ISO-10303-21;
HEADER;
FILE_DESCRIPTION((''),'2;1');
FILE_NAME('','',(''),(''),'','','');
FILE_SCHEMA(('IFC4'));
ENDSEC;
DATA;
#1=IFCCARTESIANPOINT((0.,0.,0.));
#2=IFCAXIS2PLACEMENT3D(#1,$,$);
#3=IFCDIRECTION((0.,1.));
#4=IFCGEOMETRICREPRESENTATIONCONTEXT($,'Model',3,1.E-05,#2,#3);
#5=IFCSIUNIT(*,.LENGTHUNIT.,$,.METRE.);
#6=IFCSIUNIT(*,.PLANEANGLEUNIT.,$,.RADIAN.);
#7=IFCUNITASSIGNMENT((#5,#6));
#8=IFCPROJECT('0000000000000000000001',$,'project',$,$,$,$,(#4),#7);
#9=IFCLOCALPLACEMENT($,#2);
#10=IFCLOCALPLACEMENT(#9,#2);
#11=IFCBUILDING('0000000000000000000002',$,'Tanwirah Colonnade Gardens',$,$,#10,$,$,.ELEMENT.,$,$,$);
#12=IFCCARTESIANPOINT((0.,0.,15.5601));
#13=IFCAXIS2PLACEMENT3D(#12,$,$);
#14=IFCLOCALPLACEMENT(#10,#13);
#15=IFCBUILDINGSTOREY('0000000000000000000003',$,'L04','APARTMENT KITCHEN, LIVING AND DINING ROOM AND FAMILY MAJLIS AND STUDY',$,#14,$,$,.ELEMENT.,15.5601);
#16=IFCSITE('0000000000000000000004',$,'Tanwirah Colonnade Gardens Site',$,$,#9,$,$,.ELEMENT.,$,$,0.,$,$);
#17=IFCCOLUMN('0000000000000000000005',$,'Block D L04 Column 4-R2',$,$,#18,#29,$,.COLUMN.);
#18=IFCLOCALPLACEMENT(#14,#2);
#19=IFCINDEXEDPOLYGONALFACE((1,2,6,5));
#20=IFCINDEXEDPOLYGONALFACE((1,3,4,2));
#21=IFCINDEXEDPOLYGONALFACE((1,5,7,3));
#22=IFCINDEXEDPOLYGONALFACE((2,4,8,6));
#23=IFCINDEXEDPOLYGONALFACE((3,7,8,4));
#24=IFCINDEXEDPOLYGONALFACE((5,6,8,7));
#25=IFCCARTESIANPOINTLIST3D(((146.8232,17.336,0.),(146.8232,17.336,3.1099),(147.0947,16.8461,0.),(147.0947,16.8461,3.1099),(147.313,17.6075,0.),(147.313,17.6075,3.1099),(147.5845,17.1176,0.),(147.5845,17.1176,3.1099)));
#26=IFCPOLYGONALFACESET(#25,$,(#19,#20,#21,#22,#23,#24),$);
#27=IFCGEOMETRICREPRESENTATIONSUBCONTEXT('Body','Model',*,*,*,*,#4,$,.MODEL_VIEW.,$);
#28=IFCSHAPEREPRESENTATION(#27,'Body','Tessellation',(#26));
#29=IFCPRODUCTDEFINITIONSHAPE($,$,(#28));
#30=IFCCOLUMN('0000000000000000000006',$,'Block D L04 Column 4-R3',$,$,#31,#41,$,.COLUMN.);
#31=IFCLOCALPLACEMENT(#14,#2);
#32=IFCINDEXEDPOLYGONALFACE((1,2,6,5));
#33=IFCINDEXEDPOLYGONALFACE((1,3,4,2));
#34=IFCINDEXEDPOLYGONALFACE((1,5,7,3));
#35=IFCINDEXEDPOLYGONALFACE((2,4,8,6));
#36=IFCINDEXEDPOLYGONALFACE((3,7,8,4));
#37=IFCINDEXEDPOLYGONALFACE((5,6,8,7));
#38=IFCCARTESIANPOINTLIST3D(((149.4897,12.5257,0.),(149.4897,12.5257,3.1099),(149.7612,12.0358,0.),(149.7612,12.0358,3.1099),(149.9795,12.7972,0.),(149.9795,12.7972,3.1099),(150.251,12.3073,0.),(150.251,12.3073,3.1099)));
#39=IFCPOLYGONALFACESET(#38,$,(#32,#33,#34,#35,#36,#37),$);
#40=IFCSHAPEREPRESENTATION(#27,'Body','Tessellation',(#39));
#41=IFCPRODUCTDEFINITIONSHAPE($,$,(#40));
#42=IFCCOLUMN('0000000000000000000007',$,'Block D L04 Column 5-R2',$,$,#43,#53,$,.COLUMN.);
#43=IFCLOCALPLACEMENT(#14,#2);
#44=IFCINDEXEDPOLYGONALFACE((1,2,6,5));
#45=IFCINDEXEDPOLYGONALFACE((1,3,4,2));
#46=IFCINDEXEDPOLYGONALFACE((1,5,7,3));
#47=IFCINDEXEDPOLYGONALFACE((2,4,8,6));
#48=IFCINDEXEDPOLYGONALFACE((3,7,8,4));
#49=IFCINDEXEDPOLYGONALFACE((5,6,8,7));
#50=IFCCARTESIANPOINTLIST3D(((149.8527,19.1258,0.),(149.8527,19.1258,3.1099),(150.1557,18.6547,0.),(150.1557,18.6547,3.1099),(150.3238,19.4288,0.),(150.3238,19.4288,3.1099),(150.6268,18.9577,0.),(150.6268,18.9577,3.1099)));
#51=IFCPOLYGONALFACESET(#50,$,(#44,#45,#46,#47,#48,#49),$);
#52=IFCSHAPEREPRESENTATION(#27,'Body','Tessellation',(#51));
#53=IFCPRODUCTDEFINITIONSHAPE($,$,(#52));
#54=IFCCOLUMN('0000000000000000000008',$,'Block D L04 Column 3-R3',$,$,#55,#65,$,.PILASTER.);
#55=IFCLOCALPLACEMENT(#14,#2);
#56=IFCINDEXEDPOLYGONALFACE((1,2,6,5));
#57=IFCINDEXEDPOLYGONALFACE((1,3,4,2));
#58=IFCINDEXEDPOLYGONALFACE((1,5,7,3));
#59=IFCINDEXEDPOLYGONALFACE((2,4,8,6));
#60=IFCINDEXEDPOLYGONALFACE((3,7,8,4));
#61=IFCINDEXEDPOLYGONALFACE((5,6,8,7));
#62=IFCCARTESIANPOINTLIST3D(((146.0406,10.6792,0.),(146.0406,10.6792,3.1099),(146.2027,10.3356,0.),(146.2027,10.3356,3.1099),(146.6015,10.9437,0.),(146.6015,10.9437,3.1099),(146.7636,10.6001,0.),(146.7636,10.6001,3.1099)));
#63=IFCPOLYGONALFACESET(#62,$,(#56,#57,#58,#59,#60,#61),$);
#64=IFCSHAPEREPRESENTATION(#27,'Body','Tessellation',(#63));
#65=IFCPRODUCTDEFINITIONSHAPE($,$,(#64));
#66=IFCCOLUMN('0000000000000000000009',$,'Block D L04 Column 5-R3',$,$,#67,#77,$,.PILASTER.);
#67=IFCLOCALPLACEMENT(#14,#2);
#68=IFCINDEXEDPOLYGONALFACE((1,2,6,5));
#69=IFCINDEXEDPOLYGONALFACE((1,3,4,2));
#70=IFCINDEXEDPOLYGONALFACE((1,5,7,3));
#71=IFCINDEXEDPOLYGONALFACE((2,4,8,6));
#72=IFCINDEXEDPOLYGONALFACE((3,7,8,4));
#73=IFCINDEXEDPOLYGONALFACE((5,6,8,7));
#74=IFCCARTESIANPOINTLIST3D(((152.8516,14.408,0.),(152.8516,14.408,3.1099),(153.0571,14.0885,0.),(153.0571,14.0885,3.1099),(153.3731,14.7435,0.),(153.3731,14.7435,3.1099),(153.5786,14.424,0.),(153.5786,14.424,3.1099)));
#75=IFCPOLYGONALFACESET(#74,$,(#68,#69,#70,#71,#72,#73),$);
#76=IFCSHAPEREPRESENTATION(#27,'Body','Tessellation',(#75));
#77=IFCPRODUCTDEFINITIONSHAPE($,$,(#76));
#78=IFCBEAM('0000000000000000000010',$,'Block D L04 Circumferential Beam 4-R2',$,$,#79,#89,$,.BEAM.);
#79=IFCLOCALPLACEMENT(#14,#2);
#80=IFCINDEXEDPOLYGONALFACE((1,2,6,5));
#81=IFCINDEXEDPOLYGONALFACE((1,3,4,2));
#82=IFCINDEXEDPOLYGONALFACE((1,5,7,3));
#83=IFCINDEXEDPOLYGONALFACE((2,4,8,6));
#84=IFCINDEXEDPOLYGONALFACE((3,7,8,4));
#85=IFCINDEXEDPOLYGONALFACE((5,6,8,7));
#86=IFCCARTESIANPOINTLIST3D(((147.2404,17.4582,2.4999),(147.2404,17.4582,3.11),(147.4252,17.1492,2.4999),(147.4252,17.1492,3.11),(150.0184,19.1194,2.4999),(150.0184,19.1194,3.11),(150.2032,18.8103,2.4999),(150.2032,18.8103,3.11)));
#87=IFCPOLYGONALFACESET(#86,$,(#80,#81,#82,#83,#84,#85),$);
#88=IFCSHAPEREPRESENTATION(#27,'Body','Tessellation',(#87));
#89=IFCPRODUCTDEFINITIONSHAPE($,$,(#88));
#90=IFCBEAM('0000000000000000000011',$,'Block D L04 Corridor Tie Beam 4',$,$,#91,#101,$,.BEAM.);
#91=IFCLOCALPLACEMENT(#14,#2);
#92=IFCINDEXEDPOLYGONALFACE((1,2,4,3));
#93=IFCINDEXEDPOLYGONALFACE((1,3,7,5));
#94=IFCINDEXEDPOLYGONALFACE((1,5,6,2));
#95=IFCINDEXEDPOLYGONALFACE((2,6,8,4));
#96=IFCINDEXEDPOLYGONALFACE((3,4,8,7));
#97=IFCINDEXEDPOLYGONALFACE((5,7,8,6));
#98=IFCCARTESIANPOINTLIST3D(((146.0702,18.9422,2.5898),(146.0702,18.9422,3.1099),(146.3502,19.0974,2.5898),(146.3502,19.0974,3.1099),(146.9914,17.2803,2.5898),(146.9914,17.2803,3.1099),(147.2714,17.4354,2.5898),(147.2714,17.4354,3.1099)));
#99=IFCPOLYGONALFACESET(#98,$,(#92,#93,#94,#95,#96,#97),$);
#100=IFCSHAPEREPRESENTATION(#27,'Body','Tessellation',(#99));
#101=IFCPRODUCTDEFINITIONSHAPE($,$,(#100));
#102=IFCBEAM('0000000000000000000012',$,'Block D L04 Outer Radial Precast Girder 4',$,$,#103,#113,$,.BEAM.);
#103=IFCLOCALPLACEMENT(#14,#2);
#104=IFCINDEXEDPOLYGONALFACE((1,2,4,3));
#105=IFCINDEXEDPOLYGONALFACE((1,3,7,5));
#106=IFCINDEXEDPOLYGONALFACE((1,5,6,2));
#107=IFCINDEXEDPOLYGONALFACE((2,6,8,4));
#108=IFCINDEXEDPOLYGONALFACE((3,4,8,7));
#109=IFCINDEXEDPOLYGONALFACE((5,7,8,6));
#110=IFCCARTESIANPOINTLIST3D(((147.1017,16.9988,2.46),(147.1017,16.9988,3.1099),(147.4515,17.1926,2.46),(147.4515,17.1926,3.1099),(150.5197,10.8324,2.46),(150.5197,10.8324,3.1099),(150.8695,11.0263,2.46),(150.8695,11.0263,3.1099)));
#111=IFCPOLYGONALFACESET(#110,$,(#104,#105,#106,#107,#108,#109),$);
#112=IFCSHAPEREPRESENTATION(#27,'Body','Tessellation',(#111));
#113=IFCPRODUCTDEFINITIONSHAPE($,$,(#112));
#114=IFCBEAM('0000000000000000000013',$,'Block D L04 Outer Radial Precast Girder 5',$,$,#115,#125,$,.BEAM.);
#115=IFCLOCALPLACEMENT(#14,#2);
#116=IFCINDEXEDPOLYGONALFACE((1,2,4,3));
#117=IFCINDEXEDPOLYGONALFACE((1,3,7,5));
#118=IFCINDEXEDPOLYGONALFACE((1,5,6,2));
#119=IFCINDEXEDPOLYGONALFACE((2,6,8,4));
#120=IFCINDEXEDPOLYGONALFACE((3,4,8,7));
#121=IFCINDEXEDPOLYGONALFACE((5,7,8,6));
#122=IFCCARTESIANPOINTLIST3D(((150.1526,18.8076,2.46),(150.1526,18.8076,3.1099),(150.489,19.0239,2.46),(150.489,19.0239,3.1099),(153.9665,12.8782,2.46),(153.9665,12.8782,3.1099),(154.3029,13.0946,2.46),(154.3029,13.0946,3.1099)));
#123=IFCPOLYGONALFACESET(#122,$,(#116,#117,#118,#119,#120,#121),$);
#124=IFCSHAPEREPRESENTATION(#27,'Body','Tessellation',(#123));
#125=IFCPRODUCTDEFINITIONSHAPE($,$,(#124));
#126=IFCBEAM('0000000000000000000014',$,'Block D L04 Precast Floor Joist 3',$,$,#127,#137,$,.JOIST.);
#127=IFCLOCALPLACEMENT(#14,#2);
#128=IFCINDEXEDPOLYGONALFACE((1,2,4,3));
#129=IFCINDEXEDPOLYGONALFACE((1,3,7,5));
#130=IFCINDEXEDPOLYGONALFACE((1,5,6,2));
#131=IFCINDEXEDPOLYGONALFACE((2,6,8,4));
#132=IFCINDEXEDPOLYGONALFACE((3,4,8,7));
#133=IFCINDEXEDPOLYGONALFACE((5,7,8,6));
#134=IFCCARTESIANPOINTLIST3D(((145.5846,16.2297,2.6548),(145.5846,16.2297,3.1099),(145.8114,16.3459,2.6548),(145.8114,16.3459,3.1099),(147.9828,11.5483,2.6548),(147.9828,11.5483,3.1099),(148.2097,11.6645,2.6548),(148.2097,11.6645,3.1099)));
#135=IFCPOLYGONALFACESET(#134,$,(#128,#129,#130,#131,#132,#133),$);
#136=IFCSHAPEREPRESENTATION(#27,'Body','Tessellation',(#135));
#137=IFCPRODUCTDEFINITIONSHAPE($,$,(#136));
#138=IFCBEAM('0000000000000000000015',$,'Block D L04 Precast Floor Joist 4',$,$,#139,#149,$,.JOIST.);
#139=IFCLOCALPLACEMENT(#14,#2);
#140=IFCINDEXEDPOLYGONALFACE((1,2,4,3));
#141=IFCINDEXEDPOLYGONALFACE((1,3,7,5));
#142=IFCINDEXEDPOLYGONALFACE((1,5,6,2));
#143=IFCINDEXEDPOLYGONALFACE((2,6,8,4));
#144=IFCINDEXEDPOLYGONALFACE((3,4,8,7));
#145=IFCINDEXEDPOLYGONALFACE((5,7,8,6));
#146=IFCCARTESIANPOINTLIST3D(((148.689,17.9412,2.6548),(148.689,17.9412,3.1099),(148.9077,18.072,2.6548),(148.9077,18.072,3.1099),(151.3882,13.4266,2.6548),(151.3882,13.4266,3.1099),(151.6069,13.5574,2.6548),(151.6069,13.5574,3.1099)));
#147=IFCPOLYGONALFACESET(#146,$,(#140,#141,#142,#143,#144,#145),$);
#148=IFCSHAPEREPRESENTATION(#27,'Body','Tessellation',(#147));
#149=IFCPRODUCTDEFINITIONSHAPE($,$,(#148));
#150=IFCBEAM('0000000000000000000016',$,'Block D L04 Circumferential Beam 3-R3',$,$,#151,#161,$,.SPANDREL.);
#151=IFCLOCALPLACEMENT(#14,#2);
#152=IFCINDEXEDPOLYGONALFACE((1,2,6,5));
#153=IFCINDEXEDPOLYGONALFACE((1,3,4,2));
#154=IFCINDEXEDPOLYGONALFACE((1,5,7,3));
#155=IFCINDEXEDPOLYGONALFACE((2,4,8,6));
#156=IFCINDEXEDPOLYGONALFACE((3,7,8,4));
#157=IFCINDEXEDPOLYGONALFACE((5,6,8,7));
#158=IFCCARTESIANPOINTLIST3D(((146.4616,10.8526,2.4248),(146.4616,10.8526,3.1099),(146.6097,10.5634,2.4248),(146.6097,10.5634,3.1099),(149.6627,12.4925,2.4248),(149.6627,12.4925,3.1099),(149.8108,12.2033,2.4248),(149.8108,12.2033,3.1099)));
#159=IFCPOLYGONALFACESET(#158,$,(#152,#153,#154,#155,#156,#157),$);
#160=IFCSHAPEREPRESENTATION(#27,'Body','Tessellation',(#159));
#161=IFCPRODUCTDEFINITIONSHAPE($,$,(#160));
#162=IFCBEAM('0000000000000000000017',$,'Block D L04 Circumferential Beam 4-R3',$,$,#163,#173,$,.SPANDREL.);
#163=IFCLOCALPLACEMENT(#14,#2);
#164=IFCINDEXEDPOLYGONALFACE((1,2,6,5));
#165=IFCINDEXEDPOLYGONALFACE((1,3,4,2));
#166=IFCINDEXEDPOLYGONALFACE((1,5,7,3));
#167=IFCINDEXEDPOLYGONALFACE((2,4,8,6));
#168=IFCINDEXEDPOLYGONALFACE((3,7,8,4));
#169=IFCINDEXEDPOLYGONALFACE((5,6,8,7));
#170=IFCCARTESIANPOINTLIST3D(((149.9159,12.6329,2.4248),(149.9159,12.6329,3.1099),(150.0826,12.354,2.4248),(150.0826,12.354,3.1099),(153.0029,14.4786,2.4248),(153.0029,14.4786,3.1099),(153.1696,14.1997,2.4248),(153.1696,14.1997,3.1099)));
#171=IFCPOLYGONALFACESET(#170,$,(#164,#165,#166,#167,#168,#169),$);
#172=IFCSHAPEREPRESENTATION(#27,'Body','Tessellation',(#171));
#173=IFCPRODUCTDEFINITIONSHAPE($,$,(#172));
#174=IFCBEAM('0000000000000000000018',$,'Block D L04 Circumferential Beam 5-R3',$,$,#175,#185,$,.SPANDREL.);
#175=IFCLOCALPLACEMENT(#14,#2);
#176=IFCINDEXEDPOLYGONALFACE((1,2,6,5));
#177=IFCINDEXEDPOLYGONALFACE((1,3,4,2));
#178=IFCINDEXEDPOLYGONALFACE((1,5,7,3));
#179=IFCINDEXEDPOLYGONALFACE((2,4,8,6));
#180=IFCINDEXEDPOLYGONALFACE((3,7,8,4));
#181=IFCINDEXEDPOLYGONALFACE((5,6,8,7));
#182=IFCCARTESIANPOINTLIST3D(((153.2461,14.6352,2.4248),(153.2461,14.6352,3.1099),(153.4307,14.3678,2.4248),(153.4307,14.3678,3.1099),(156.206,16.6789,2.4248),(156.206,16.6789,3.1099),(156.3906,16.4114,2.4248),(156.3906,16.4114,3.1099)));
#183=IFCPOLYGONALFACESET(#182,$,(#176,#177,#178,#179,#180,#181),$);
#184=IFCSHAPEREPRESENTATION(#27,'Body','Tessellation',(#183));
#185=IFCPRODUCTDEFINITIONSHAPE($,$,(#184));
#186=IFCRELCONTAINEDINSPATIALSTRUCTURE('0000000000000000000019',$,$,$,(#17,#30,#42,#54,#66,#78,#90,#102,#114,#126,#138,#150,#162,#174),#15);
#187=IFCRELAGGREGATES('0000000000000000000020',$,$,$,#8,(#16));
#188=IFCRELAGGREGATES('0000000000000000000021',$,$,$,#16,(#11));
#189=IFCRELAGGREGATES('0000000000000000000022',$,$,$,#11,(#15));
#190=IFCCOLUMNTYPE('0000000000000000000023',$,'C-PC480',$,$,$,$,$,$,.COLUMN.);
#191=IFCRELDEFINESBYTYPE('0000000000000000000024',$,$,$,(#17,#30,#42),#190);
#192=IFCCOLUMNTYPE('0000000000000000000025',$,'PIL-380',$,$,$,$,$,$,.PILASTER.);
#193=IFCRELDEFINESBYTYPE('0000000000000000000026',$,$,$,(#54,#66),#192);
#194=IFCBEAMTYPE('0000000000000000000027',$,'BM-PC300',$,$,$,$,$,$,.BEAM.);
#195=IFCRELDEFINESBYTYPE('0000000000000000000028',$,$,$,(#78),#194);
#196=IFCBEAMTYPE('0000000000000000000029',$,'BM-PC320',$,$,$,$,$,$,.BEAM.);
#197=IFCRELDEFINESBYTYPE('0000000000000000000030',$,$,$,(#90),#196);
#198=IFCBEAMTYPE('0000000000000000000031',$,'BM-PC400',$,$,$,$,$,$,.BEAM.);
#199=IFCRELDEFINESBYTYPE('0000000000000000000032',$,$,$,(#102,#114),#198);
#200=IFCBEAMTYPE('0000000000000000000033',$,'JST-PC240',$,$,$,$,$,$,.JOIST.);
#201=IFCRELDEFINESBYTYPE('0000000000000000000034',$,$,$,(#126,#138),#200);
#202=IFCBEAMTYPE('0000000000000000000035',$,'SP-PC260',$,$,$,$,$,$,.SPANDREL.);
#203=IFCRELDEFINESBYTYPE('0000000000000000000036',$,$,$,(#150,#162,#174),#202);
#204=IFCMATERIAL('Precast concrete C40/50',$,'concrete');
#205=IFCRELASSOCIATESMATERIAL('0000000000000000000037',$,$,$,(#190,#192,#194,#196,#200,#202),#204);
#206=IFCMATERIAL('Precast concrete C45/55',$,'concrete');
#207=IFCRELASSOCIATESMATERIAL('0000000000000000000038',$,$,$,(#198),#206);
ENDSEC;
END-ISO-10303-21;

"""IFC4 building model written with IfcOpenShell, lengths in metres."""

from ifc_helpers import new_model, si_unit, direction, frame, origin, origin_2d, place, context, subcontext, project, spatial, rectangle, extrude, material, material_profile, profile_set, type_object, element, save


model = new_model("IFC4")

# Units and contexts
model_context = context("Model", 3, precision=1e-05, world=origin(), true_north=direction((0.0, 1.0)))
body_context = subcontext(model_context, "Body", "Model", "MODEL_VIEW")
ifc_project = project(units=[si_unit("LENGTHUNIT", "METRE"), si_unit("PLANEANGLEUNIT", "RADIAN")], contexts=[model_context])

# Site, building, storey
site_placement = place(None, origin())
site = spatial("IfcSite", under=ifc_project, at=site_placement, Name="Tanwirah Colonnade Gardens Site", CompositionType="ELEMENT", RefElevation=0.0)
building_placement = place(site_placement, origin())
building = spatial("IfcBuilding", under=site, at=building_placement, Name="Tanwirah Colonnade Gardens", CompositionType="ELEMENT")
storey_placement = place(building_placement, frame((0.0, 0.0, 15.5601)))
storey = spatial("IfcBuildingStorey", under=building, at=storey_placement, Name="L04", Description="APARTMENT KITCHEN, LIVING AND DINING ROOM AND FAMILY MAJLIS AND STUDY", CompositionType="ELEMENT", Elevation=15.5601)

# Columns
ifc_material_1 = material(Name="Precast concrete C40/50", Category="concrete")
ifc_material_profile_1 = material_profile(ifc_material_1, rectangle(XDim=0.5601, YDim=0.5601, at=origin_2d()), Name="PC-COL 560x560")
ifc_profile_set_1 = profile_set([ifc_material_profile_1], Name="Precast concrete C40/50")
column_type_1 = type_object("IfcColumnType", Name="C-PC480", PredefinedType="COLUMN", material=ifc_profile_set_1)
for number, where, z_axis, x_axis, name in (
    (1, (147.2039, 17.2268, 0.0), (0.0, 0.0, 1.0), (0.48481, -0.87462, 0.0), "Block D L04 Column 4-R2"),
    (2, (149.8704, 12.4165, 0.0), (0.0, 0.0, 1.0), (0.48481, -0.87462, 0.0), "Block D L04 Column 4-R3"),
    (3, (150.2397, 19.0417, 0.0), (0.0, 0.0, 1.0), (0.540974, -0.841039, 0.0), "Block D L04 Column 5-R2"),
):
    element("IfcColumn", number, at=place(storey_placement, frame(where, z_axis=z_axis, x_axis=x_axis)), inside=storey, type_object=column_type_1, Name=name, PredefinedType="COLUMN", context=body_context, shape_type="SweptSolid", body=[
        extrude(rectangle(XDim=0.5601, YDim=0.5601, at=origin_2d()), origin(), (0.0, 0.0, 1.0), 3.1099),
    ])
ifc_material_profile_2 = material_profile(ifc_material_1, rectangle(XDim=0.3799, YDim=0.6201, at=origin_2d()), Name="PC-PIL 380x620")
ifc_profile_set_2 = profile_set([ifc_material_profile_2], Name="Precast concrete C40/50")
column_type_2 = type_object("IfcColumnType", Name="PIL-380", PredefinedType="PILASTER", material=ifc_profile_set_2)
for number, where, z_axis, x_axis, name in (
    (4, (146.4021, 10.6396, 0.0), (0.0, 0.0, 1.0), (0.426569, -0.904455, 0.0), "Block D L04 Column 3-R3"),
    (5, (153.2151, 14.416, 0.0), (0.0, 0.0, 1.0), (0.540974, -0.841039, 0.0), "Block D L04 Column 5-R3"),
):
    element("IfcColumn", number, at=place(storey_placement, frame(where, z_axis=z_axis, x_axis=x_axis)), inside=storey, type_object=column_type_2, Name=name, PredefinedType="PILASTER", context=body_context, shape_type="SweptSolid", body=[
        extrude(rectangle(XDim=0.3799, YDim=0.6201, at=origin_2d()), origin(), (0.0, 0.0, 1.0), 3.1099),
    ])

# Beams
ifc_material_profile_3 = material_profile(ifc_material_1, rectangle(XDim=0.3601, YDim=0.6101, at=origin_2d()), Name="PC-BM 360x610")
ifc_profile_set_3 = profile_set([ifc_material_profile_3], Name="Precast concrete C40/50")
beam_type_1 = type_object("IfcBeamType", Name="BM-PC300", PredefinedType="BEAM", material=ifc_profile_set_3)
beam_1_placement = place(storey_placement, frame((147.3328, 17.3037, 2.8049), z_axis=(0.858271, 0.513197, 0.0), x_axis=(-0.513197, 0.858271, 0.0)))
element("IfcBeam", 6, at=beam_1_placement, inside=storey, type_object=beam_type_1, Name="Block D L04 Circumferential Beam 4-R2", PredefinedType="BEAM", context=body_context, shape_type="SweptSolid", body=[
    extrude(rectangle(XDim=0.3601, YDim=0.6101, at=origin_2d()), origin(), (0.0, 0.0, 1.0), 3.2368),
])
ifc_material_profile_4 = material_profile(ifc_material_1, rectangle(XDim=0.3201, YDim=0.52, at=origin_2d()), Name="PC-BM 320x520")
ifc_profile_set_4 = profile_set([ifc_material_profile_4], Name="Precast concrete C40/50")
beam_type_2 = type_object("IfcBeamType", Name="BM-PC320", PredefinedType="BEAM", material=ifc_profile_set_4)
beam_2_placement = place(storey_placement, frame((146.2102, 19.0198, 2.8499), z_axis=(0.484792, -0.87463, 0.0), x_axis=(0.87463, 0.484792, 0.0)))
element("IfcBeam", 7, at=beam_2_placement, inside=storey, type_object=beam_type_2, Name="Block D L04 Corridor Tie Beam 4", PredefinedType="BEAM", context=body_context, shape_type="SweptSolid", body=[
    extrude(rectangle(XDim=0.3201, YDim=0.52, at=origin_2d()), origin(), (0.0, 0.0, 1.0), 1.9001),
])
ifc_material_2 = material(Name="Precast concrete C45/55", Category="concrete")
ifc_material_profile_5 = material_profile(ifc_material_2, rectangle(XDim=0.3999, YDim=0.6499, at=origin_2d()), Name="PC-BM 400x650")
ifc_profile_set_5 = profile_set([ifc_material_profile_5], Name="Precast concrete C45/55")
beam_type_3 = type_object("IfcBeamType", Name="BM-PC400", PredefinedType="BEAM", material=ifc_profile_set_5)
beam_3_placement = place(storey_placement, frame((147.2766, 17.0957, 2.7849), z_axis=(0.484805, -0.874622, 0.0), x_axis=(0.874622, 0.484805, 0.0)))
element("IfcBeam", 8, at=beam_3_placement, inside=storey, type_object=beam_type_3, Name="Block D L04 Outer Radial Precast Girder 4", PredefinedType="BEAM", context=body_context, shape_type="SweptSolid", body=[
    extrude(rectangle(XDim=0.3999, YDim=0.6499, at=origin_2d()), origin(), (0.0, 0.0, 1.0), 7.0503),
])
beam_4_placement = place(storey_placement, frame((150.3208, 18.9158, 2.7849), z_axis=(0.540976, -0.841038, 0.0), x_axis=(0.841038, 0.540976, 0.0)))
element("IfcBeam", 9, at=beam_4_placement, inside=storey, type_object=beam_type_3, Name="Block D L04 Outer Radial Precast Girder 5", PredefinedType="BEAM", context=body_context, shape_type="SweptSolid", body=[
    extrude(rectangle(XDim=0.3999, YDim=0.6499, at=origin_2d()), origin(), (0.0, 0.0, 1.0), 7.05),
])
ifc_material_profile_6 = material_profile(ifc_material_1, rectangle(XDim=0.2549, YDim=0.4551, at=origin_2d()), Name="PC-JST 255x455")
ifc_profile_set_6 = profile_set([ifc_material_profile_6], Name="Precast concrete C40/50")
beam_type_4 = type_object("IfcBeamType", Name="JST-PC240", PredefinedType="JOIST", material=ifc_profile_set_6)
for number, where, z_axis, x_axis, name in (
    (10, (145.698, 16.2878, 2.8823), (0.455937, -0.890012, 0.0), (0.890012, 0.455937, 0.0), "Block D L04 Precast Floor Joist 3"),
    (11, (148.7983, 18.0066, 2.8823), (0.513157, -0.858295, 0.0), (0.858295, 0.513157, 0.0), "Block D L04 Precast Floor Joist 4"),
):
    element("IfcBeam", number, at=place(storey_placement, frame(where, z_axis=z_axis, x_axis=x_axis)), inside=storey, type_object=beam_type_4, Name=name, PredefinedType="JOIST", context=body_context, shape_type="SweptSolid", body=[
        extrude(rectangle(XDim=0.2549, YDim=0.4551, at=origin_2d()), origin(), (0.0, 0.0, 1.0), 5.26),
    ])
ifc_material_profile_7 = material_profile(ifc_material_1, rectangle(XDim=0.325, YDim=0.6851, at=origin_2d()), Name="PC-SP 325x685")
ifc_profile_set_7 = profile_set([ifc_material_profile_7], Name="Precast concrete C40/50")
beam_type_5 = type_object("IfcBeamType", Name="SP-PC260", PredefinedType="SPANDREL", material=ifc_profile_set_7)
for number, where, z_axis, x_axis, name in (
    (12, (146.5356, 10.708, 2.7673), (0.890013, 0.455935, 0.0), (-0.455935, 0.890013, 0.0), "Block D L04 Circumferential Beam 3-R3"),
    (13, (149.9993, 12.4934, 2.7673), (0.858283, 0.513177, 0.0), (-0.513177, 0.858283, 0.0), "Block D L04 Circumferential Beam 4-R3"),
):
    element("IfcBeam", number, at=place(storey_placement, frame(where, z_axis=z_axis, x_axis=x_axis)), inside=storey, type_object=beam_type_5, Name=name, PredefinedType="SPANDREL", context=body_context, shape_type="SweptSolid", body=[
        extrude(rectangle(XDim=0.325, YDim=0.6851, at=origin_2d()), origin(), (0.0, 0.0, 1.0), 3.5967),
    ])
beam_5_placement = place(storey_placement, frame((153.3384, 14.5015, 2.7673), z_axis=(0.822907, 0.568175, 0.0), x_axis=(-0.568175, 0.822907, 0.0)))
element("IfcBeam", 14, at=beam_5_placement, inside=storey, type_object=beam_type_5, Name="Block D L04 Circumferential Beam 5-R3", PredefinedType="SPANDREL", context=body_context, shape_type="SweptSolid", body=[
    extrude(rectangle(XDim=0.325, YDim=0.6851, at=origin_2d()), origin(), (0.0, 0.0, 1.0), 3.5969),
])

save(model, "model.ifc")
